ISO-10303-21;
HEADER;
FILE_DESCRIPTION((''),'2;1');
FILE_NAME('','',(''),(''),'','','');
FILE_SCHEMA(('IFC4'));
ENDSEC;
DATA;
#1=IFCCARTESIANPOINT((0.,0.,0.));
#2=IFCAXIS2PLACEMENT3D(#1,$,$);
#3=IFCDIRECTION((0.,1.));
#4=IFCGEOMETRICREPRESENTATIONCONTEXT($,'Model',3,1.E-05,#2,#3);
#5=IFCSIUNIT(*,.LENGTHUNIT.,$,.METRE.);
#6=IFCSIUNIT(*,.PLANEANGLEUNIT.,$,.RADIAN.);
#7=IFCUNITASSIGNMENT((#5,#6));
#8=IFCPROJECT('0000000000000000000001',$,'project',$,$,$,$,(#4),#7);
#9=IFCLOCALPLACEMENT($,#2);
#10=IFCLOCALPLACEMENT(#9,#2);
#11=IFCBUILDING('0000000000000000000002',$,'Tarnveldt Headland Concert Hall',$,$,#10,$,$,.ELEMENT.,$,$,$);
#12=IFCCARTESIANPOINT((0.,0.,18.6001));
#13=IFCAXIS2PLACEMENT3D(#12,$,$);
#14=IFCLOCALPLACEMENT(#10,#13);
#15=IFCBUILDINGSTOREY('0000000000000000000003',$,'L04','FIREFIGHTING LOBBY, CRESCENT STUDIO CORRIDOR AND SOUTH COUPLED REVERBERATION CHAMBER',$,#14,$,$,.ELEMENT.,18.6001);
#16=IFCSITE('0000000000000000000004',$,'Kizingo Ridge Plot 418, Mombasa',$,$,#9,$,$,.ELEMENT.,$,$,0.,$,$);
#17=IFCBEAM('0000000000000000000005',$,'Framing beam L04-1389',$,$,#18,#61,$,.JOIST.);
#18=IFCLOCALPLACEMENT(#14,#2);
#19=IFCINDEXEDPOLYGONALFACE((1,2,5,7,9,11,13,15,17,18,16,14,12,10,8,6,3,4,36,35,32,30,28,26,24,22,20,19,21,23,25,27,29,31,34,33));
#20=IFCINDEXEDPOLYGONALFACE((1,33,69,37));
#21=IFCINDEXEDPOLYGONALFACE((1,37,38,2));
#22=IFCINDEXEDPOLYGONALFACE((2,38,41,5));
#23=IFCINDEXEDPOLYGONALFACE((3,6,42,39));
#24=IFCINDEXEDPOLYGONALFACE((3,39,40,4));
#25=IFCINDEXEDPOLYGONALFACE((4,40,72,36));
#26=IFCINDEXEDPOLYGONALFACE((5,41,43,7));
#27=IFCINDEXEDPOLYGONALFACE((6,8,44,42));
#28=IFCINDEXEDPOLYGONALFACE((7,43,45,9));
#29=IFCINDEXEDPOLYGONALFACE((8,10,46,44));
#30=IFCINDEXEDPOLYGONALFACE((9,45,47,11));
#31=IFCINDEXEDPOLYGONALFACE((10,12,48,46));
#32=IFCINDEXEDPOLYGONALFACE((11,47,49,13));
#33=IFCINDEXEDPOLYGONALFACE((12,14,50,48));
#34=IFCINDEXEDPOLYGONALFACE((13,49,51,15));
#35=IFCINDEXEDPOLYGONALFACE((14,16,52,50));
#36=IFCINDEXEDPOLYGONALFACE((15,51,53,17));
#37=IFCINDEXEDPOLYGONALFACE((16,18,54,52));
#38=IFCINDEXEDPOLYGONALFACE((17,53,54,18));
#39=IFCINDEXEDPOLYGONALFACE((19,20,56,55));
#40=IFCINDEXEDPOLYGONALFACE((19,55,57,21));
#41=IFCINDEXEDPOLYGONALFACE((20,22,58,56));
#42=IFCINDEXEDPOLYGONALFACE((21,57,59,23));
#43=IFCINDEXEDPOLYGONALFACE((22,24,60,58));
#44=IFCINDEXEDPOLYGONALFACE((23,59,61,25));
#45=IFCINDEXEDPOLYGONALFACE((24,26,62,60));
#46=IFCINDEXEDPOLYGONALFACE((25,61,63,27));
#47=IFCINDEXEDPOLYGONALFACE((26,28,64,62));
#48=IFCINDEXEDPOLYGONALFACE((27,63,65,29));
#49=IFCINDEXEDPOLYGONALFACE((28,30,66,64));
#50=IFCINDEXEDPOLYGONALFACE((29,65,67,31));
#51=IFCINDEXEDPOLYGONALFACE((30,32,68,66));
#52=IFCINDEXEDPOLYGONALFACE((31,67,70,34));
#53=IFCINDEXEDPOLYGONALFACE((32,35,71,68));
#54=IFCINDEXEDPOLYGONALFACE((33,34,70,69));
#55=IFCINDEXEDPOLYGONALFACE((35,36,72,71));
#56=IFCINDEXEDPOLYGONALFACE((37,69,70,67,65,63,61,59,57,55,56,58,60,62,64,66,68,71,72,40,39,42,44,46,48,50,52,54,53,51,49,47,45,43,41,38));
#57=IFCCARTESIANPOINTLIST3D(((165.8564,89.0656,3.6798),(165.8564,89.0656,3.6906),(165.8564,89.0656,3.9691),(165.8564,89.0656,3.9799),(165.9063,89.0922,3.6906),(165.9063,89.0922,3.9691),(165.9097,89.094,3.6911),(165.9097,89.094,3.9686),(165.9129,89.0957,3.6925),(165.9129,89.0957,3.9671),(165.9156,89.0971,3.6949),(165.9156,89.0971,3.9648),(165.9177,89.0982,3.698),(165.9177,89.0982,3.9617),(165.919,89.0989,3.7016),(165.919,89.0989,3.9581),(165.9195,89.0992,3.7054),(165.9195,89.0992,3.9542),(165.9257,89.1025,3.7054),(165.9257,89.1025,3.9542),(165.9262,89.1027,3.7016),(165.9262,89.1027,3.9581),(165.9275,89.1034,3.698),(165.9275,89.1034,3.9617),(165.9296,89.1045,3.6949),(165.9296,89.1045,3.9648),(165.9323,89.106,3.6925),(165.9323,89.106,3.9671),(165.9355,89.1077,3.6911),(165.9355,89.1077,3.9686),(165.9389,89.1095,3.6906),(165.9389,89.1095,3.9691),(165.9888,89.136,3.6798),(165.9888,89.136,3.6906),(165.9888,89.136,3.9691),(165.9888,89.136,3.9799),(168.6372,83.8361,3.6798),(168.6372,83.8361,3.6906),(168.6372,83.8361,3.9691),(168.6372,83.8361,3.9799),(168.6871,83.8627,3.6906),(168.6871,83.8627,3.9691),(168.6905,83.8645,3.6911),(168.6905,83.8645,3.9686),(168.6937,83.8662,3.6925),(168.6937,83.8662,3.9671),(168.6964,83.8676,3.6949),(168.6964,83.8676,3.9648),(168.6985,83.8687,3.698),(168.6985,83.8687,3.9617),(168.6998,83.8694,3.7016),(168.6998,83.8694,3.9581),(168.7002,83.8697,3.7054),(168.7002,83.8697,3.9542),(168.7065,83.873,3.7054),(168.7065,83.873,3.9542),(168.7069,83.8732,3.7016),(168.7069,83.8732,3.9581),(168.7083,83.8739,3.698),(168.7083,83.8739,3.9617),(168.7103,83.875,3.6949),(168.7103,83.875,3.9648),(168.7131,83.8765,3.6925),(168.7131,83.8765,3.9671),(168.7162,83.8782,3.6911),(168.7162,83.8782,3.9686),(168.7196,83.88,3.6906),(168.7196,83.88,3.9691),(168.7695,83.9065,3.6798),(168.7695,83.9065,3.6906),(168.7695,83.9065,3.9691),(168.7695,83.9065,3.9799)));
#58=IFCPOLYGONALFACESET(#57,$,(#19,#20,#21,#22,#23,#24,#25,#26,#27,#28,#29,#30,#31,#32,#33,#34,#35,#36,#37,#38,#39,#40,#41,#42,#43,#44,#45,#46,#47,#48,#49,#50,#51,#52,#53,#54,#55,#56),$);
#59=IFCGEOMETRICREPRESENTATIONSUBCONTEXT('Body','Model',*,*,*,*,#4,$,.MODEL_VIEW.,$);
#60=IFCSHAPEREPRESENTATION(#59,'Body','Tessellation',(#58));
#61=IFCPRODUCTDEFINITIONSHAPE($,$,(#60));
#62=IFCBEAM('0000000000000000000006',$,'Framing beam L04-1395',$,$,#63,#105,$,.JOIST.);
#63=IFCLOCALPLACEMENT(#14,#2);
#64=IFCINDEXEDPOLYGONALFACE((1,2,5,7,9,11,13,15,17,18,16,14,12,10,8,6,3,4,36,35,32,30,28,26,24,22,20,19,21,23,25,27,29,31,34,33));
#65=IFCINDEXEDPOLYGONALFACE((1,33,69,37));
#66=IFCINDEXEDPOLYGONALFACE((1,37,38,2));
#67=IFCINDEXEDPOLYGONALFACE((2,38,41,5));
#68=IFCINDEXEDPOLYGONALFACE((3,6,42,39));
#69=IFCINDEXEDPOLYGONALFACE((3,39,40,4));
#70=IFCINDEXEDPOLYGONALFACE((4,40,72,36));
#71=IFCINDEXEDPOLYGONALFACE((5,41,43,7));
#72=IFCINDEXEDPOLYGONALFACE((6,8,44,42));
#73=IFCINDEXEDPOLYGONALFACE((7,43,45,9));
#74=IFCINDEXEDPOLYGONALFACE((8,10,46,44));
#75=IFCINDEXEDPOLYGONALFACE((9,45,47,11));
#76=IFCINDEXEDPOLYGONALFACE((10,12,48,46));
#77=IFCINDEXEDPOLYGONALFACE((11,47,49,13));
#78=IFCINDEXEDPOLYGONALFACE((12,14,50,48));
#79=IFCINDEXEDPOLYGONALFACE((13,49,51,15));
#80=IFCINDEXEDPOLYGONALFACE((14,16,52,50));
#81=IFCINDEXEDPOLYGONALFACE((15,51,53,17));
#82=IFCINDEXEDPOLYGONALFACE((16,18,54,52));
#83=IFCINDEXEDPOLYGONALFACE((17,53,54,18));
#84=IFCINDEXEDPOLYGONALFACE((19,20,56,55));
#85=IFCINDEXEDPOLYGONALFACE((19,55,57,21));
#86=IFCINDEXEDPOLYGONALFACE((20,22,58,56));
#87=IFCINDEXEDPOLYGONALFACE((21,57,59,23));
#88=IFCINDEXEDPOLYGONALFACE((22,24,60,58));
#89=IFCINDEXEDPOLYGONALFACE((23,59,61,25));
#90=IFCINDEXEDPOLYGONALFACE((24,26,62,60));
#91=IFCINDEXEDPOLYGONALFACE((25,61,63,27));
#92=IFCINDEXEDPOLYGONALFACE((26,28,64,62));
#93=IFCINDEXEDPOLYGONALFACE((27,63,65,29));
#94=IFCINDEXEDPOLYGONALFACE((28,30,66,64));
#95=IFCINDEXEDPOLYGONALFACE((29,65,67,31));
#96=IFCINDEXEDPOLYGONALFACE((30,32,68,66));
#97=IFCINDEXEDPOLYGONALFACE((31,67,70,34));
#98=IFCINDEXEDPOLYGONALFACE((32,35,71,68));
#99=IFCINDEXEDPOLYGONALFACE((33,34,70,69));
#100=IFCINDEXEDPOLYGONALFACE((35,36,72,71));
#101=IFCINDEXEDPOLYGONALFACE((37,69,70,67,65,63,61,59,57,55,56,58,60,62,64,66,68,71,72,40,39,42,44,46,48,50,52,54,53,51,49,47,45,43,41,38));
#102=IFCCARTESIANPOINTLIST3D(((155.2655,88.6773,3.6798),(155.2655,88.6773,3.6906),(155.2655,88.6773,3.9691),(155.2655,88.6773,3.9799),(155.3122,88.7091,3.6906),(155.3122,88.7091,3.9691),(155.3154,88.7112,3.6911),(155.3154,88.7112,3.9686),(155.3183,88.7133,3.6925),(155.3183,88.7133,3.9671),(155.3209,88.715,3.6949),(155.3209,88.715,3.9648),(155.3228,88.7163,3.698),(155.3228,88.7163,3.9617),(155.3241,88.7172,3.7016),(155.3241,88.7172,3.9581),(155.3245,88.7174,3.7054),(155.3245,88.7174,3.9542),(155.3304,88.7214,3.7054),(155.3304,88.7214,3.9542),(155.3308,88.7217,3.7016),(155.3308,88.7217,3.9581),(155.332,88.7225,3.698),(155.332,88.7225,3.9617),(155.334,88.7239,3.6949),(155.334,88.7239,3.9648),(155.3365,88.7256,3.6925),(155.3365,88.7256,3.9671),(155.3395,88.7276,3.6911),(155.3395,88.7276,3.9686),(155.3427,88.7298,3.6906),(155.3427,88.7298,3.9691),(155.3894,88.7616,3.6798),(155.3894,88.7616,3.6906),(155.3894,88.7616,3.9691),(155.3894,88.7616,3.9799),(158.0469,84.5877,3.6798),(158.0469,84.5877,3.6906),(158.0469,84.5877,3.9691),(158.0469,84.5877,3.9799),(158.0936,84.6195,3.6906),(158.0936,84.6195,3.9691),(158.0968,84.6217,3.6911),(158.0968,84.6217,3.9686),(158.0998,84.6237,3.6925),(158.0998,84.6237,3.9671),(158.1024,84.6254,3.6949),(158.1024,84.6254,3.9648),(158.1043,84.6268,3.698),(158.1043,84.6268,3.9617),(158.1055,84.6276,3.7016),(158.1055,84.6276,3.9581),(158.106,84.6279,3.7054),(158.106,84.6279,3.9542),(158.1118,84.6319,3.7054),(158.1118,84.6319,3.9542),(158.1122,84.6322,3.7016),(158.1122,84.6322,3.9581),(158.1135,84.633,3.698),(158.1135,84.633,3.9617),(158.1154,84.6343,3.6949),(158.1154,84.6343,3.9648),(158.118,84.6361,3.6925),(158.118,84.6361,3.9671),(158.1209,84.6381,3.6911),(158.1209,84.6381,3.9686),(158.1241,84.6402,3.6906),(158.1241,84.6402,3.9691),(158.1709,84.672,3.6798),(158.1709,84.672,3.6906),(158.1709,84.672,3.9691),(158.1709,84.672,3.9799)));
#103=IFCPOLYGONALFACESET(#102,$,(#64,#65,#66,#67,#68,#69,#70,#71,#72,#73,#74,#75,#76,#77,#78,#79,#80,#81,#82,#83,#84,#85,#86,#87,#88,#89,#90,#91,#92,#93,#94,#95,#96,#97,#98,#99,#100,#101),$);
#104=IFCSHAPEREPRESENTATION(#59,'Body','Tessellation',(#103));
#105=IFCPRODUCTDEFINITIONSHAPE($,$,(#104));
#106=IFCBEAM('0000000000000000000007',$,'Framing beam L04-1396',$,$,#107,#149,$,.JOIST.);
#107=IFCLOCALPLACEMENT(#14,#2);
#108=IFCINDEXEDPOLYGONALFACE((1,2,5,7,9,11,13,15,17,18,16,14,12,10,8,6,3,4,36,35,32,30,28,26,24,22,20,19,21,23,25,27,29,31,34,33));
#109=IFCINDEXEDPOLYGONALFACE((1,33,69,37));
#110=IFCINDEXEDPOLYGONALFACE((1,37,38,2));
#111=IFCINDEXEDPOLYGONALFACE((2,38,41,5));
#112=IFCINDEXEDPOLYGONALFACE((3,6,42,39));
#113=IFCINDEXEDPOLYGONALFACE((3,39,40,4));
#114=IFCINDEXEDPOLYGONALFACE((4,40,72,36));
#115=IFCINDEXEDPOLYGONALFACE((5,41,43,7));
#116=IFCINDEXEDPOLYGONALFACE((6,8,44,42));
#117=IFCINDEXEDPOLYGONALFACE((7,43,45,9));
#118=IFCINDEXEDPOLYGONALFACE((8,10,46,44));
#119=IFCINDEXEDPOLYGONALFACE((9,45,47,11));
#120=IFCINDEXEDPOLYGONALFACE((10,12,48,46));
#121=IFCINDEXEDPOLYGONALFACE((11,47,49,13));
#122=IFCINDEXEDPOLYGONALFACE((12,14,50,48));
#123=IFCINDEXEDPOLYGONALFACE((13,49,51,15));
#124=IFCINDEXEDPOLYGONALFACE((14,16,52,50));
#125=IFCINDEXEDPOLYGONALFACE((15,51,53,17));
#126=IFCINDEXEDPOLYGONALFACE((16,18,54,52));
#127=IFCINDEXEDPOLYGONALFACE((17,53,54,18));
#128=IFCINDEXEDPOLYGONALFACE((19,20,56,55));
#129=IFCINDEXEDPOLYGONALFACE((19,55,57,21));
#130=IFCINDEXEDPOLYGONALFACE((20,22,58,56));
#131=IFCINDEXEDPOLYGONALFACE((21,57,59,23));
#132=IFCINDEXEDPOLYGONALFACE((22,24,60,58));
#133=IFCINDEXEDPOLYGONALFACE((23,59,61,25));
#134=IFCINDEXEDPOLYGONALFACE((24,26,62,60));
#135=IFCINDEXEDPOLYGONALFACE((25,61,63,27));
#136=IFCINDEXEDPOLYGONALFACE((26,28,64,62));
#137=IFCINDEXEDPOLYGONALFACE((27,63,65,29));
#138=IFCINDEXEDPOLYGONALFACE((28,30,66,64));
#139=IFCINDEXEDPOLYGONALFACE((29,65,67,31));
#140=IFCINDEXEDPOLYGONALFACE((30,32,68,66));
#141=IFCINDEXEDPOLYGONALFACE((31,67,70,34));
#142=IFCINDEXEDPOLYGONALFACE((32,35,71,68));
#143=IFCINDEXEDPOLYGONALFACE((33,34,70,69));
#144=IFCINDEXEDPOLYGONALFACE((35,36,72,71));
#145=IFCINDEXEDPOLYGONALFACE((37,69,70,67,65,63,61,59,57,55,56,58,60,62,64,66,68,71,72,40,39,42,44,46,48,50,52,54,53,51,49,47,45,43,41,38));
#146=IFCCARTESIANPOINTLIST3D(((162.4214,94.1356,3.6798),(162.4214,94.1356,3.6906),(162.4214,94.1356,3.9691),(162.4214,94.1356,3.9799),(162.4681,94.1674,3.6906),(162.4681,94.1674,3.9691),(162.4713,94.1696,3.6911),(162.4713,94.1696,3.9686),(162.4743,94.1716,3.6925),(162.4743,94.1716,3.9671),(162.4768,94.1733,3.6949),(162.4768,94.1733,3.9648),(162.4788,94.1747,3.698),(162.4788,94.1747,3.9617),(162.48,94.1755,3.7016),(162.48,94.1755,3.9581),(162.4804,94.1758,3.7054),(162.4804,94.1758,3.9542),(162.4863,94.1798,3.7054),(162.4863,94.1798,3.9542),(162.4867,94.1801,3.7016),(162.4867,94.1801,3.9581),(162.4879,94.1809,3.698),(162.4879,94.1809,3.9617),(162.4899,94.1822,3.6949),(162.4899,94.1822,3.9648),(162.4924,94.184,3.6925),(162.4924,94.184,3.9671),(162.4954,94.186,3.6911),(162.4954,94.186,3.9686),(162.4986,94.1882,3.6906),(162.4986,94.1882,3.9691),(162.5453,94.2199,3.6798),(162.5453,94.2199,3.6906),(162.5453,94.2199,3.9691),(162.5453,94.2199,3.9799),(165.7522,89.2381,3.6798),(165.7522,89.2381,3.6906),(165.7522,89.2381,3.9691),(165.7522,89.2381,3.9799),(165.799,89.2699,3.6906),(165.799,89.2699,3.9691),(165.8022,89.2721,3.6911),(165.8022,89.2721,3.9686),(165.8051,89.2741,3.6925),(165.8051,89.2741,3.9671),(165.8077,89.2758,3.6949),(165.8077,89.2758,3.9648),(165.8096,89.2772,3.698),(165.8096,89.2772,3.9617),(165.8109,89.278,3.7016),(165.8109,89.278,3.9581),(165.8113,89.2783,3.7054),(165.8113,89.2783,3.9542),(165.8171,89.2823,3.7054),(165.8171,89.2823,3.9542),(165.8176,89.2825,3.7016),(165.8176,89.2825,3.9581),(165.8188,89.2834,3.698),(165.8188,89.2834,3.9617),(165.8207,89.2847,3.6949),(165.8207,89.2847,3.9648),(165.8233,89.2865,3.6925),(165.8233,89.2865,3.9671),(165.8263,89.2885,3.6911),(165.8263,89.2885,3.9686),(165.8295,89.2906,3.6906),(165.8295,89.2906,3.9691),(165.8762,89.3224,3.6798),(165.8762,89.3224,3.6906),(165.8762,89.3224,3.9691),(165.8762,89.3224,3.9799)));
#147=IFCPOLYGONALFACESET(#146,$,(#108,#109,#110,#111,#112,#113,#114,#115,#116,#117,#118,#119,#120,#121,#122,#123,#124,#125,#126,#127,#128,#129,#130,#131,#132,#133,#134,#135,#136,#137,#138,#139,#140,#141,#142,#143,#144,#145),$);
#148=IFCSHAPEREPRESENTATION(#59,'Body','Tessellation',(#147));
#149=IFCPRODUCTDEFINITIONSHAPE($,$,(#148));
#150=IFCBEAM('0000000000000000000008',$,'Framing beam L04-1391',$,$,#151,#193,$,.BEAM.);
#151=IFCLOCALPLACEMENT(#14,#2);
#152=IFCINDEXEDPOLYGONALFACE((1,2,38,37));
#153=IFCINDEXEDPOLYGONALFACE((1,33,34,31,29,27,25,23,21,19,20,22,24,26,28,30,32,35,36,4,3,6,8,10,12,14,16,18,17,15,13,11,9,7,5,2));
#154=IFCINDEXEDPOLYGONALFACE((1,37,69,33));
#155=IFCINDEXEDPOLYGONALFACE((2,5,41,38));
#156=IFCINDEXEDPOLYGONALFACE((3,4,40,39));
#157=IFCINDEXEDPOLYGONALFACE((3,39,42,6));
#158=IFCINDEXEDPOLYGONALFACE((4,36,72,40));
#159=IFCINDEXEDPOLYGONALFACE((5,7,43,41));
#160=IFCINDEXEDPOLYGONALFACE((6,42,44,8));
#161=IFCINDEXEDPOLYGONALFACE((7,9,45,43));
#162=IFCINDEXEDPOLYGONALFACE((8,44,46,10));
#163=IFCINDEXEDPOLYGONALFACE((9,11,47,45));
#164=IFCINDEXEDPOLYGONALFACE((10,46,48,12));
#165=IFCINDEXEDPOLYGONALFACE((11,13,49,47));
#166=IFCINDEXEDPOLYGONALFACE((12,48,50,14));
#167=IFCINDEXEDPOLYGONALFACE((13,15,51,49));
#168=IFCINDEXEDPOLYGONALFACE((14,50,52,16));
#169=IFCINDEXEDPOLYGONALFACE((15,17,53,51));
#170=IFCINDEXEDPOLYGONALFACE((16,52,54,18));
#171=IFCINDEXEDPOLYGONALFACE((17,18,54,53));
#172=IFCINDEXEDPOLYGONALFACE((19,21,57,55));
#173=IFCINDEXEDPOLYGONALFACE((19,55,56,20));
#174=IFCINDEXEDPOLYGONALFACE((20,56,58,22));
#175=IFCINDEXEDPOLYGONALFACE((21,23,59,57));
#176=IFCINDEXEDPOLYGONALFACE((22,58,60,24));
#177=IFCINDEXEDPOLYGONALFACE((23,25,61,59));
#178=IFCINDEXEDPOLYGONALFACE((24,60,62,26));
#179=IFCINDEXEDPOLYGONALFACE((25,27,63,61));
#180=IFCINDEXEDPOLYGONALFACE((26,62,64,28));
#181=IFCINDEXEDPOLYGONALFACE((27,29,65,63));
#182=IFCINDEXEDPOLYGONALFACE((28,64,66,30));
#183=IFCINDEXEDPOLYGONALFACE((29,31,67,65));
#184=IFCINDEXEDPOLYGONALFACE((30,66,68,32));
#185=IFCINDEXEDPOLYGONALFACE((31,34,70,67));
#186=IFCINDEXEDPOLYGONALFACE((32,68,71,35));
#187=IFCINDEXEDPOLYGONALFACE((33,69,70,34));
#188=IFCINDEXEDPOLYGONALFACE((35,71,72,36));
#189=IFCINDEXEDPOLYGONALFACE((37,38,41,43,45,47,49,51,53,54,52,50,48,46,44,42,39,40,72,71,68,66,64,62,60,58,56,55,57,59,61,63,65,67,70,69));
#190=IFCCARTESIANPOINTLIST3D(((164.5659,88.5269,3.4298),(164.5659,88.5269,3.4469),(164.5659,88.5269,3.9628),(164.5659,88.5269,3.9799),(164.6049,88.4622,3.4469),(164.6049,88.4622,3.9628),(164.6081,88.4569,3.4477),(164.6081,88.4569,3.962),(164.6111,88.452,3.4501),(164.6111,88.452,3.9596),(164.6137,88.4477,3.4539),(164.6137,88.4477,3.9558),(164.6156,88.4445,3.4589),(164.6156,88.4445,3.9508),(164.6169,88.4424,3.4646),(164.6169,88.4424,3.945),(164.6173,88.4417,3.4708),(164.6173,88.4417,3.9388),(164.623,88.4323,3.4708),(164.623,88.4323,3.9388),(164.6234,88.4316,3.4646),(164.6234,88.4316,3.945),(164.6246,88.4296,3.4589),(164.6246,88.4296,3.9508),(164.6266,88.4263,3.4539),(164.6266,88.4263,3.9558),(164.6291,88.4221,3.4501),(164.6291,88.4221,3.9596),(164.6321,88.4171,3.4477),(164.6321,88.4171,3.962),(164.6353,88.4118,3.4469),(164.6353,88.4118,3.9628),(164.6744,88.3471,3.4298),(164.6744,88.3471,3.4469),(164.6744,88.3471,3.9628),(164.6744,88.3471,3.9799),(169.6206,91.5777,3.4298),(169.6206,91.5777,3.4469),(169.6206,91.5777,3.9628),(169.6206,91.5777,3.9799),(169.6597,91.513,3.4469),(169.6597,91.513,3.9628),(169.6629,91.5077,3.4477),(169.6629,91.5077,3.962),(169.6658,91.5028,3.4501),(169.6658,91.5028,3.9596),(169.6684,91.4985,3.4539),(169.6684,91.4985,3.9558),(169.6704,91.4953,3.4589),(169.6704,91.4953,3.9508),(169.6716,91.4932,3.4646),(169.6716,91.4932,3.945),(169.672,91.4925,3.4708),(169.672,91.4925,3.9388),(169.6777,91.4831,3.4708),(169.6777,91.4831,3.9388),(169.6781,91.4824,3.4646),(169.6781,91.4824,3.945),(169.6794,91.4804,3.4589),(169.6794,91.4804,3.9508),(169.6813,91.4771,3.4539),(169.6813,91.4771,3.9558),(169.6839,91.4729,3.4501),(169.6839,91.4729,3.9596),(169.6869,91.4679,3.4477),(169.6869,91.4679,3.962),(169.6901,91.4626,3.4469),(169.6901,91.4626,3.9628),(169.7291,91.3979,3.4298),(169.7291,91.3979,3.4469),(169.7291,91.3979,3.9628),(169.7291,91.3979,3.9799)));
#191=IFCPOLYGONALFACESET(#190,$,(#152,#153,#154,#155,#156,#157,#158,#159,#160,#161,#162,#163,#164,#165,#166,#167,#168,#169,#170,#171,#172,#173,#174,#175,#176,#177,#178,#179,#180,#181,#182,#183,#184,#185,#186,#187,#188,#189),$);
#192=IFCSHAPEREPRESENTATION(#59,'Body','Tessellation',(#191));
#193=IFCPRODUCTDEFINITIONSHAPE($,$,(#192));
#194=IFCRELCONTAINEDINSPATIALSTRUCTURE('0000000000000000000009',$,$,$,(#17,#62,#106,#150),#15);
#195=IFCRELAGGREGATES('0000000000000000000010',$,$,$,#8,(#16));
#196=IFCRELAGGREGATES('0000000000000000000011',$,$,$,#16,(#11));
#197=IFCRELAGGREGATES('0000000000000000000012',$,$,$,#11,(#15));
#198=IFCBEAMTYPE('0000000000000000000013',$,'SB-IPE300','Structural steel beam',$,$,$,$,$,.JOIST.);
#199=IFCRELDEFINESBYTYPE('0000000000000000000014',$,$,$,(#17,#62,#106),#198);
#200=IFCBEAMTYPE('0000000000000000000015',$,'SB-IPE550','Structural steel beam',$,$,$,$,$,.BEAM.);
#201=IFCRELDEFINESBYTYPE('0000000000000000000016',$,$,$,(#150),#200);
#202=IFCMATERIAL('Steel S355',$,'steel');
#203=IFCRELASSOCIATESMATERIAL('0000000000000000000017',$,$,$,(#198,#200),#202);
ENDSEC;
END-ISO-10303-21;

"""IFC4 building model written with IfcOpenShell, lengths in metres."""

from ifc_helpers import new_model, si_unit, direction, frame, origin, origin_2d, place, context, subcontext, project, spatial, i_section, extrude, material, material_profile, profile_set, type_object, element, save


model = new_model("IFC4")

# Units and contexts
model_context = context("Model", 3, precision=1e-05, world=origin(), true_north=direction((0.0, 1.0)))
body_context = subcontext(model_context, "Body", "Model", "MODEL_VIEW")
ifc_project = project(units=[si_unit("LENGTHUNIT", "METRE"), si_unit("PLANEANGLEUNIT", "RADIAN")], contexts=[model_context])

# Site, building, storey
site_placement = place(None, origin())
site = spatial("IfcSite", under=ifc_project, at=site_placement, Name="Kizingo Ridge Plot 418, Mombasa", CompositionType="ELEMENT", RefElevation=0.0)
building_placement = place(site_placement, origin())
building = spatial("IfcBuilding", under=site, at=building_placement, Name="Tarnveldt Headland Concert Hall", CompositionType="ELEMENT")
storey_placement = place(building_placement, frame((0.0, 0.0, 18.6001)))
storey = spatial("IfcBuildingStorey", under=building, at=storey_placement, Name="L04", Description="FIREFIGHTING LOBBY, CRESCENT STUDIO CORRIDOR AND SOUTH COUPLED REVERBERATION CHAMBER", CompositionType="ELEMENT", Elevation=18.6001)

# Shared definitions
ifc_material_1 = material(Name="Steel S355", Category="steel")

# Beams
ifc_material_profile_1 = material_profile(ifc_material_1, i_section(OverallWidth=0.1499, OverallDepth=0.3, WebThickness=0.0071, FlangeThickness=0.0107, FilletRadius=0.0149, at=origin_2d()), Name="IPE300", Category="steel")
ifc_profile_set_1 = profile_set([ifc_material_profile_1], Name="Steel S355")
beam_type_1 = type_object("IfcBeamType", Name="SB-IPE300", Description="Structural steel beam", PredefinedType="JOIST", material=ifc_profile_set_1)
beam_1_placement = place(storey_placement, frame((168.7034, 83.8713, 3.8298), z_axis=(-0.469497, 0.882934, 0.0), x_axis=(-0.882934, -0.469497, 0.0)))
element("IfcBeam", 1, at=beam_1_placement, inside=storey, type_object=beam_type_1, Name="Framing beam L04-1389", PredefinedType="JOIST", context=body_context, shape_type="SweptSolid", body=[
    extrude(i_section(OverallWidth=0.1499, OverallDepth=0.3, WebThickness=0.0071, FlangeThickness=0.0107, FilletRadius=0.0149, at=origin_2d()), origin(), (0.0, 0.0, 1.0), 5.9229),
])
beam_2_placement = place(storey_placement, frame((158.1089, 84.6299, 3.8298), z_axis=(-0.562388, 0.826873, 0.0), x_axis=(-0.826873, -0.562388, 0.0)))
element("IfcBeam", 2, at=beam_2_placement, inside=storey, type_object=beam_type_1, Name="Framing beam L04-1395", PredefinedType="JOIST", context=body_context, shape_type="SweptSolid", body=[
    extrude(i_section(OverallWidth=0.1499, OverallDepth=0.3, WebThickness=0.0071, FlangeThickness=0.0107, FilletRadius=0.0149, at=origin_2d()), origin(), (0.0, 0.0, 1.0), 4.9458),
])
beam_3_placement = place(storey_placement, frame((165.8142, 89.2803, 3.8298), z_axis=(-0.562372, 0.826884, 0.0), x_axis=(-0.826884, -0.562372, 0.0)))
element("IfcBeam", 3, at=beam_3_placement, inside=storey, type_object=beam_type_1, Name="Framing beam L04-1396", PredefinedType="JOIST", context=body_context, shape_type="SweptSolid", body=[
    extrude(i_section(OverallWidth=0.1499, OverallDepth=0.3, WebThickness=0.0071, FlangeThickness=0.0107, FilletRadius=0.0149, at=origin_2d()), origin(), (0.0, 0.0, 1.0), 5.9229),
])
ifc_material_profile_2 = material_profile(ifc_material_1, i_section(OverallWidth=0.21, OverallDepth=0.55, WebThickness=0.011, FlangeThickness=0.0171, FilletRadius=0.0239, at=origin_2d()), Name="IPE550", Category="steel")
ifc_profile_set_2 = profile_set([ifc_material_profile_2], Name="Steel S355")
beam_type_2 = type_object("IfcBeamType", Name="SB-IPE550", Description="Structural steel beam", PredefinedType="BEAM", material=ifc_profile_set_2)
beam_4_placement = place(storey_placement, frame((164.6201, 88.437, 3.7048), z_axis=(0.856147, 0.516732, 0.0), x_axis=(-0.516732, 0.856147, 0.0)))
element("IfcBeam", 4, at=beam_4_placement, inside=storey, type_object=beam_type_2, Name="Framing beam L04-1391", PredefinedType="BEAM", context=body_context, shape_type="SweptSolid", body=[
    extrude(i_section(OverallWidth=0.21, OverallDepth=0.55, WebThickness=0.011, FlangeThickness=0.0171, FilletRadius=0.0239, at=origin_2d()), origin(), (0.0, 0.0, 1.0), 5.9041),
])

save(model, "model.ifc")
